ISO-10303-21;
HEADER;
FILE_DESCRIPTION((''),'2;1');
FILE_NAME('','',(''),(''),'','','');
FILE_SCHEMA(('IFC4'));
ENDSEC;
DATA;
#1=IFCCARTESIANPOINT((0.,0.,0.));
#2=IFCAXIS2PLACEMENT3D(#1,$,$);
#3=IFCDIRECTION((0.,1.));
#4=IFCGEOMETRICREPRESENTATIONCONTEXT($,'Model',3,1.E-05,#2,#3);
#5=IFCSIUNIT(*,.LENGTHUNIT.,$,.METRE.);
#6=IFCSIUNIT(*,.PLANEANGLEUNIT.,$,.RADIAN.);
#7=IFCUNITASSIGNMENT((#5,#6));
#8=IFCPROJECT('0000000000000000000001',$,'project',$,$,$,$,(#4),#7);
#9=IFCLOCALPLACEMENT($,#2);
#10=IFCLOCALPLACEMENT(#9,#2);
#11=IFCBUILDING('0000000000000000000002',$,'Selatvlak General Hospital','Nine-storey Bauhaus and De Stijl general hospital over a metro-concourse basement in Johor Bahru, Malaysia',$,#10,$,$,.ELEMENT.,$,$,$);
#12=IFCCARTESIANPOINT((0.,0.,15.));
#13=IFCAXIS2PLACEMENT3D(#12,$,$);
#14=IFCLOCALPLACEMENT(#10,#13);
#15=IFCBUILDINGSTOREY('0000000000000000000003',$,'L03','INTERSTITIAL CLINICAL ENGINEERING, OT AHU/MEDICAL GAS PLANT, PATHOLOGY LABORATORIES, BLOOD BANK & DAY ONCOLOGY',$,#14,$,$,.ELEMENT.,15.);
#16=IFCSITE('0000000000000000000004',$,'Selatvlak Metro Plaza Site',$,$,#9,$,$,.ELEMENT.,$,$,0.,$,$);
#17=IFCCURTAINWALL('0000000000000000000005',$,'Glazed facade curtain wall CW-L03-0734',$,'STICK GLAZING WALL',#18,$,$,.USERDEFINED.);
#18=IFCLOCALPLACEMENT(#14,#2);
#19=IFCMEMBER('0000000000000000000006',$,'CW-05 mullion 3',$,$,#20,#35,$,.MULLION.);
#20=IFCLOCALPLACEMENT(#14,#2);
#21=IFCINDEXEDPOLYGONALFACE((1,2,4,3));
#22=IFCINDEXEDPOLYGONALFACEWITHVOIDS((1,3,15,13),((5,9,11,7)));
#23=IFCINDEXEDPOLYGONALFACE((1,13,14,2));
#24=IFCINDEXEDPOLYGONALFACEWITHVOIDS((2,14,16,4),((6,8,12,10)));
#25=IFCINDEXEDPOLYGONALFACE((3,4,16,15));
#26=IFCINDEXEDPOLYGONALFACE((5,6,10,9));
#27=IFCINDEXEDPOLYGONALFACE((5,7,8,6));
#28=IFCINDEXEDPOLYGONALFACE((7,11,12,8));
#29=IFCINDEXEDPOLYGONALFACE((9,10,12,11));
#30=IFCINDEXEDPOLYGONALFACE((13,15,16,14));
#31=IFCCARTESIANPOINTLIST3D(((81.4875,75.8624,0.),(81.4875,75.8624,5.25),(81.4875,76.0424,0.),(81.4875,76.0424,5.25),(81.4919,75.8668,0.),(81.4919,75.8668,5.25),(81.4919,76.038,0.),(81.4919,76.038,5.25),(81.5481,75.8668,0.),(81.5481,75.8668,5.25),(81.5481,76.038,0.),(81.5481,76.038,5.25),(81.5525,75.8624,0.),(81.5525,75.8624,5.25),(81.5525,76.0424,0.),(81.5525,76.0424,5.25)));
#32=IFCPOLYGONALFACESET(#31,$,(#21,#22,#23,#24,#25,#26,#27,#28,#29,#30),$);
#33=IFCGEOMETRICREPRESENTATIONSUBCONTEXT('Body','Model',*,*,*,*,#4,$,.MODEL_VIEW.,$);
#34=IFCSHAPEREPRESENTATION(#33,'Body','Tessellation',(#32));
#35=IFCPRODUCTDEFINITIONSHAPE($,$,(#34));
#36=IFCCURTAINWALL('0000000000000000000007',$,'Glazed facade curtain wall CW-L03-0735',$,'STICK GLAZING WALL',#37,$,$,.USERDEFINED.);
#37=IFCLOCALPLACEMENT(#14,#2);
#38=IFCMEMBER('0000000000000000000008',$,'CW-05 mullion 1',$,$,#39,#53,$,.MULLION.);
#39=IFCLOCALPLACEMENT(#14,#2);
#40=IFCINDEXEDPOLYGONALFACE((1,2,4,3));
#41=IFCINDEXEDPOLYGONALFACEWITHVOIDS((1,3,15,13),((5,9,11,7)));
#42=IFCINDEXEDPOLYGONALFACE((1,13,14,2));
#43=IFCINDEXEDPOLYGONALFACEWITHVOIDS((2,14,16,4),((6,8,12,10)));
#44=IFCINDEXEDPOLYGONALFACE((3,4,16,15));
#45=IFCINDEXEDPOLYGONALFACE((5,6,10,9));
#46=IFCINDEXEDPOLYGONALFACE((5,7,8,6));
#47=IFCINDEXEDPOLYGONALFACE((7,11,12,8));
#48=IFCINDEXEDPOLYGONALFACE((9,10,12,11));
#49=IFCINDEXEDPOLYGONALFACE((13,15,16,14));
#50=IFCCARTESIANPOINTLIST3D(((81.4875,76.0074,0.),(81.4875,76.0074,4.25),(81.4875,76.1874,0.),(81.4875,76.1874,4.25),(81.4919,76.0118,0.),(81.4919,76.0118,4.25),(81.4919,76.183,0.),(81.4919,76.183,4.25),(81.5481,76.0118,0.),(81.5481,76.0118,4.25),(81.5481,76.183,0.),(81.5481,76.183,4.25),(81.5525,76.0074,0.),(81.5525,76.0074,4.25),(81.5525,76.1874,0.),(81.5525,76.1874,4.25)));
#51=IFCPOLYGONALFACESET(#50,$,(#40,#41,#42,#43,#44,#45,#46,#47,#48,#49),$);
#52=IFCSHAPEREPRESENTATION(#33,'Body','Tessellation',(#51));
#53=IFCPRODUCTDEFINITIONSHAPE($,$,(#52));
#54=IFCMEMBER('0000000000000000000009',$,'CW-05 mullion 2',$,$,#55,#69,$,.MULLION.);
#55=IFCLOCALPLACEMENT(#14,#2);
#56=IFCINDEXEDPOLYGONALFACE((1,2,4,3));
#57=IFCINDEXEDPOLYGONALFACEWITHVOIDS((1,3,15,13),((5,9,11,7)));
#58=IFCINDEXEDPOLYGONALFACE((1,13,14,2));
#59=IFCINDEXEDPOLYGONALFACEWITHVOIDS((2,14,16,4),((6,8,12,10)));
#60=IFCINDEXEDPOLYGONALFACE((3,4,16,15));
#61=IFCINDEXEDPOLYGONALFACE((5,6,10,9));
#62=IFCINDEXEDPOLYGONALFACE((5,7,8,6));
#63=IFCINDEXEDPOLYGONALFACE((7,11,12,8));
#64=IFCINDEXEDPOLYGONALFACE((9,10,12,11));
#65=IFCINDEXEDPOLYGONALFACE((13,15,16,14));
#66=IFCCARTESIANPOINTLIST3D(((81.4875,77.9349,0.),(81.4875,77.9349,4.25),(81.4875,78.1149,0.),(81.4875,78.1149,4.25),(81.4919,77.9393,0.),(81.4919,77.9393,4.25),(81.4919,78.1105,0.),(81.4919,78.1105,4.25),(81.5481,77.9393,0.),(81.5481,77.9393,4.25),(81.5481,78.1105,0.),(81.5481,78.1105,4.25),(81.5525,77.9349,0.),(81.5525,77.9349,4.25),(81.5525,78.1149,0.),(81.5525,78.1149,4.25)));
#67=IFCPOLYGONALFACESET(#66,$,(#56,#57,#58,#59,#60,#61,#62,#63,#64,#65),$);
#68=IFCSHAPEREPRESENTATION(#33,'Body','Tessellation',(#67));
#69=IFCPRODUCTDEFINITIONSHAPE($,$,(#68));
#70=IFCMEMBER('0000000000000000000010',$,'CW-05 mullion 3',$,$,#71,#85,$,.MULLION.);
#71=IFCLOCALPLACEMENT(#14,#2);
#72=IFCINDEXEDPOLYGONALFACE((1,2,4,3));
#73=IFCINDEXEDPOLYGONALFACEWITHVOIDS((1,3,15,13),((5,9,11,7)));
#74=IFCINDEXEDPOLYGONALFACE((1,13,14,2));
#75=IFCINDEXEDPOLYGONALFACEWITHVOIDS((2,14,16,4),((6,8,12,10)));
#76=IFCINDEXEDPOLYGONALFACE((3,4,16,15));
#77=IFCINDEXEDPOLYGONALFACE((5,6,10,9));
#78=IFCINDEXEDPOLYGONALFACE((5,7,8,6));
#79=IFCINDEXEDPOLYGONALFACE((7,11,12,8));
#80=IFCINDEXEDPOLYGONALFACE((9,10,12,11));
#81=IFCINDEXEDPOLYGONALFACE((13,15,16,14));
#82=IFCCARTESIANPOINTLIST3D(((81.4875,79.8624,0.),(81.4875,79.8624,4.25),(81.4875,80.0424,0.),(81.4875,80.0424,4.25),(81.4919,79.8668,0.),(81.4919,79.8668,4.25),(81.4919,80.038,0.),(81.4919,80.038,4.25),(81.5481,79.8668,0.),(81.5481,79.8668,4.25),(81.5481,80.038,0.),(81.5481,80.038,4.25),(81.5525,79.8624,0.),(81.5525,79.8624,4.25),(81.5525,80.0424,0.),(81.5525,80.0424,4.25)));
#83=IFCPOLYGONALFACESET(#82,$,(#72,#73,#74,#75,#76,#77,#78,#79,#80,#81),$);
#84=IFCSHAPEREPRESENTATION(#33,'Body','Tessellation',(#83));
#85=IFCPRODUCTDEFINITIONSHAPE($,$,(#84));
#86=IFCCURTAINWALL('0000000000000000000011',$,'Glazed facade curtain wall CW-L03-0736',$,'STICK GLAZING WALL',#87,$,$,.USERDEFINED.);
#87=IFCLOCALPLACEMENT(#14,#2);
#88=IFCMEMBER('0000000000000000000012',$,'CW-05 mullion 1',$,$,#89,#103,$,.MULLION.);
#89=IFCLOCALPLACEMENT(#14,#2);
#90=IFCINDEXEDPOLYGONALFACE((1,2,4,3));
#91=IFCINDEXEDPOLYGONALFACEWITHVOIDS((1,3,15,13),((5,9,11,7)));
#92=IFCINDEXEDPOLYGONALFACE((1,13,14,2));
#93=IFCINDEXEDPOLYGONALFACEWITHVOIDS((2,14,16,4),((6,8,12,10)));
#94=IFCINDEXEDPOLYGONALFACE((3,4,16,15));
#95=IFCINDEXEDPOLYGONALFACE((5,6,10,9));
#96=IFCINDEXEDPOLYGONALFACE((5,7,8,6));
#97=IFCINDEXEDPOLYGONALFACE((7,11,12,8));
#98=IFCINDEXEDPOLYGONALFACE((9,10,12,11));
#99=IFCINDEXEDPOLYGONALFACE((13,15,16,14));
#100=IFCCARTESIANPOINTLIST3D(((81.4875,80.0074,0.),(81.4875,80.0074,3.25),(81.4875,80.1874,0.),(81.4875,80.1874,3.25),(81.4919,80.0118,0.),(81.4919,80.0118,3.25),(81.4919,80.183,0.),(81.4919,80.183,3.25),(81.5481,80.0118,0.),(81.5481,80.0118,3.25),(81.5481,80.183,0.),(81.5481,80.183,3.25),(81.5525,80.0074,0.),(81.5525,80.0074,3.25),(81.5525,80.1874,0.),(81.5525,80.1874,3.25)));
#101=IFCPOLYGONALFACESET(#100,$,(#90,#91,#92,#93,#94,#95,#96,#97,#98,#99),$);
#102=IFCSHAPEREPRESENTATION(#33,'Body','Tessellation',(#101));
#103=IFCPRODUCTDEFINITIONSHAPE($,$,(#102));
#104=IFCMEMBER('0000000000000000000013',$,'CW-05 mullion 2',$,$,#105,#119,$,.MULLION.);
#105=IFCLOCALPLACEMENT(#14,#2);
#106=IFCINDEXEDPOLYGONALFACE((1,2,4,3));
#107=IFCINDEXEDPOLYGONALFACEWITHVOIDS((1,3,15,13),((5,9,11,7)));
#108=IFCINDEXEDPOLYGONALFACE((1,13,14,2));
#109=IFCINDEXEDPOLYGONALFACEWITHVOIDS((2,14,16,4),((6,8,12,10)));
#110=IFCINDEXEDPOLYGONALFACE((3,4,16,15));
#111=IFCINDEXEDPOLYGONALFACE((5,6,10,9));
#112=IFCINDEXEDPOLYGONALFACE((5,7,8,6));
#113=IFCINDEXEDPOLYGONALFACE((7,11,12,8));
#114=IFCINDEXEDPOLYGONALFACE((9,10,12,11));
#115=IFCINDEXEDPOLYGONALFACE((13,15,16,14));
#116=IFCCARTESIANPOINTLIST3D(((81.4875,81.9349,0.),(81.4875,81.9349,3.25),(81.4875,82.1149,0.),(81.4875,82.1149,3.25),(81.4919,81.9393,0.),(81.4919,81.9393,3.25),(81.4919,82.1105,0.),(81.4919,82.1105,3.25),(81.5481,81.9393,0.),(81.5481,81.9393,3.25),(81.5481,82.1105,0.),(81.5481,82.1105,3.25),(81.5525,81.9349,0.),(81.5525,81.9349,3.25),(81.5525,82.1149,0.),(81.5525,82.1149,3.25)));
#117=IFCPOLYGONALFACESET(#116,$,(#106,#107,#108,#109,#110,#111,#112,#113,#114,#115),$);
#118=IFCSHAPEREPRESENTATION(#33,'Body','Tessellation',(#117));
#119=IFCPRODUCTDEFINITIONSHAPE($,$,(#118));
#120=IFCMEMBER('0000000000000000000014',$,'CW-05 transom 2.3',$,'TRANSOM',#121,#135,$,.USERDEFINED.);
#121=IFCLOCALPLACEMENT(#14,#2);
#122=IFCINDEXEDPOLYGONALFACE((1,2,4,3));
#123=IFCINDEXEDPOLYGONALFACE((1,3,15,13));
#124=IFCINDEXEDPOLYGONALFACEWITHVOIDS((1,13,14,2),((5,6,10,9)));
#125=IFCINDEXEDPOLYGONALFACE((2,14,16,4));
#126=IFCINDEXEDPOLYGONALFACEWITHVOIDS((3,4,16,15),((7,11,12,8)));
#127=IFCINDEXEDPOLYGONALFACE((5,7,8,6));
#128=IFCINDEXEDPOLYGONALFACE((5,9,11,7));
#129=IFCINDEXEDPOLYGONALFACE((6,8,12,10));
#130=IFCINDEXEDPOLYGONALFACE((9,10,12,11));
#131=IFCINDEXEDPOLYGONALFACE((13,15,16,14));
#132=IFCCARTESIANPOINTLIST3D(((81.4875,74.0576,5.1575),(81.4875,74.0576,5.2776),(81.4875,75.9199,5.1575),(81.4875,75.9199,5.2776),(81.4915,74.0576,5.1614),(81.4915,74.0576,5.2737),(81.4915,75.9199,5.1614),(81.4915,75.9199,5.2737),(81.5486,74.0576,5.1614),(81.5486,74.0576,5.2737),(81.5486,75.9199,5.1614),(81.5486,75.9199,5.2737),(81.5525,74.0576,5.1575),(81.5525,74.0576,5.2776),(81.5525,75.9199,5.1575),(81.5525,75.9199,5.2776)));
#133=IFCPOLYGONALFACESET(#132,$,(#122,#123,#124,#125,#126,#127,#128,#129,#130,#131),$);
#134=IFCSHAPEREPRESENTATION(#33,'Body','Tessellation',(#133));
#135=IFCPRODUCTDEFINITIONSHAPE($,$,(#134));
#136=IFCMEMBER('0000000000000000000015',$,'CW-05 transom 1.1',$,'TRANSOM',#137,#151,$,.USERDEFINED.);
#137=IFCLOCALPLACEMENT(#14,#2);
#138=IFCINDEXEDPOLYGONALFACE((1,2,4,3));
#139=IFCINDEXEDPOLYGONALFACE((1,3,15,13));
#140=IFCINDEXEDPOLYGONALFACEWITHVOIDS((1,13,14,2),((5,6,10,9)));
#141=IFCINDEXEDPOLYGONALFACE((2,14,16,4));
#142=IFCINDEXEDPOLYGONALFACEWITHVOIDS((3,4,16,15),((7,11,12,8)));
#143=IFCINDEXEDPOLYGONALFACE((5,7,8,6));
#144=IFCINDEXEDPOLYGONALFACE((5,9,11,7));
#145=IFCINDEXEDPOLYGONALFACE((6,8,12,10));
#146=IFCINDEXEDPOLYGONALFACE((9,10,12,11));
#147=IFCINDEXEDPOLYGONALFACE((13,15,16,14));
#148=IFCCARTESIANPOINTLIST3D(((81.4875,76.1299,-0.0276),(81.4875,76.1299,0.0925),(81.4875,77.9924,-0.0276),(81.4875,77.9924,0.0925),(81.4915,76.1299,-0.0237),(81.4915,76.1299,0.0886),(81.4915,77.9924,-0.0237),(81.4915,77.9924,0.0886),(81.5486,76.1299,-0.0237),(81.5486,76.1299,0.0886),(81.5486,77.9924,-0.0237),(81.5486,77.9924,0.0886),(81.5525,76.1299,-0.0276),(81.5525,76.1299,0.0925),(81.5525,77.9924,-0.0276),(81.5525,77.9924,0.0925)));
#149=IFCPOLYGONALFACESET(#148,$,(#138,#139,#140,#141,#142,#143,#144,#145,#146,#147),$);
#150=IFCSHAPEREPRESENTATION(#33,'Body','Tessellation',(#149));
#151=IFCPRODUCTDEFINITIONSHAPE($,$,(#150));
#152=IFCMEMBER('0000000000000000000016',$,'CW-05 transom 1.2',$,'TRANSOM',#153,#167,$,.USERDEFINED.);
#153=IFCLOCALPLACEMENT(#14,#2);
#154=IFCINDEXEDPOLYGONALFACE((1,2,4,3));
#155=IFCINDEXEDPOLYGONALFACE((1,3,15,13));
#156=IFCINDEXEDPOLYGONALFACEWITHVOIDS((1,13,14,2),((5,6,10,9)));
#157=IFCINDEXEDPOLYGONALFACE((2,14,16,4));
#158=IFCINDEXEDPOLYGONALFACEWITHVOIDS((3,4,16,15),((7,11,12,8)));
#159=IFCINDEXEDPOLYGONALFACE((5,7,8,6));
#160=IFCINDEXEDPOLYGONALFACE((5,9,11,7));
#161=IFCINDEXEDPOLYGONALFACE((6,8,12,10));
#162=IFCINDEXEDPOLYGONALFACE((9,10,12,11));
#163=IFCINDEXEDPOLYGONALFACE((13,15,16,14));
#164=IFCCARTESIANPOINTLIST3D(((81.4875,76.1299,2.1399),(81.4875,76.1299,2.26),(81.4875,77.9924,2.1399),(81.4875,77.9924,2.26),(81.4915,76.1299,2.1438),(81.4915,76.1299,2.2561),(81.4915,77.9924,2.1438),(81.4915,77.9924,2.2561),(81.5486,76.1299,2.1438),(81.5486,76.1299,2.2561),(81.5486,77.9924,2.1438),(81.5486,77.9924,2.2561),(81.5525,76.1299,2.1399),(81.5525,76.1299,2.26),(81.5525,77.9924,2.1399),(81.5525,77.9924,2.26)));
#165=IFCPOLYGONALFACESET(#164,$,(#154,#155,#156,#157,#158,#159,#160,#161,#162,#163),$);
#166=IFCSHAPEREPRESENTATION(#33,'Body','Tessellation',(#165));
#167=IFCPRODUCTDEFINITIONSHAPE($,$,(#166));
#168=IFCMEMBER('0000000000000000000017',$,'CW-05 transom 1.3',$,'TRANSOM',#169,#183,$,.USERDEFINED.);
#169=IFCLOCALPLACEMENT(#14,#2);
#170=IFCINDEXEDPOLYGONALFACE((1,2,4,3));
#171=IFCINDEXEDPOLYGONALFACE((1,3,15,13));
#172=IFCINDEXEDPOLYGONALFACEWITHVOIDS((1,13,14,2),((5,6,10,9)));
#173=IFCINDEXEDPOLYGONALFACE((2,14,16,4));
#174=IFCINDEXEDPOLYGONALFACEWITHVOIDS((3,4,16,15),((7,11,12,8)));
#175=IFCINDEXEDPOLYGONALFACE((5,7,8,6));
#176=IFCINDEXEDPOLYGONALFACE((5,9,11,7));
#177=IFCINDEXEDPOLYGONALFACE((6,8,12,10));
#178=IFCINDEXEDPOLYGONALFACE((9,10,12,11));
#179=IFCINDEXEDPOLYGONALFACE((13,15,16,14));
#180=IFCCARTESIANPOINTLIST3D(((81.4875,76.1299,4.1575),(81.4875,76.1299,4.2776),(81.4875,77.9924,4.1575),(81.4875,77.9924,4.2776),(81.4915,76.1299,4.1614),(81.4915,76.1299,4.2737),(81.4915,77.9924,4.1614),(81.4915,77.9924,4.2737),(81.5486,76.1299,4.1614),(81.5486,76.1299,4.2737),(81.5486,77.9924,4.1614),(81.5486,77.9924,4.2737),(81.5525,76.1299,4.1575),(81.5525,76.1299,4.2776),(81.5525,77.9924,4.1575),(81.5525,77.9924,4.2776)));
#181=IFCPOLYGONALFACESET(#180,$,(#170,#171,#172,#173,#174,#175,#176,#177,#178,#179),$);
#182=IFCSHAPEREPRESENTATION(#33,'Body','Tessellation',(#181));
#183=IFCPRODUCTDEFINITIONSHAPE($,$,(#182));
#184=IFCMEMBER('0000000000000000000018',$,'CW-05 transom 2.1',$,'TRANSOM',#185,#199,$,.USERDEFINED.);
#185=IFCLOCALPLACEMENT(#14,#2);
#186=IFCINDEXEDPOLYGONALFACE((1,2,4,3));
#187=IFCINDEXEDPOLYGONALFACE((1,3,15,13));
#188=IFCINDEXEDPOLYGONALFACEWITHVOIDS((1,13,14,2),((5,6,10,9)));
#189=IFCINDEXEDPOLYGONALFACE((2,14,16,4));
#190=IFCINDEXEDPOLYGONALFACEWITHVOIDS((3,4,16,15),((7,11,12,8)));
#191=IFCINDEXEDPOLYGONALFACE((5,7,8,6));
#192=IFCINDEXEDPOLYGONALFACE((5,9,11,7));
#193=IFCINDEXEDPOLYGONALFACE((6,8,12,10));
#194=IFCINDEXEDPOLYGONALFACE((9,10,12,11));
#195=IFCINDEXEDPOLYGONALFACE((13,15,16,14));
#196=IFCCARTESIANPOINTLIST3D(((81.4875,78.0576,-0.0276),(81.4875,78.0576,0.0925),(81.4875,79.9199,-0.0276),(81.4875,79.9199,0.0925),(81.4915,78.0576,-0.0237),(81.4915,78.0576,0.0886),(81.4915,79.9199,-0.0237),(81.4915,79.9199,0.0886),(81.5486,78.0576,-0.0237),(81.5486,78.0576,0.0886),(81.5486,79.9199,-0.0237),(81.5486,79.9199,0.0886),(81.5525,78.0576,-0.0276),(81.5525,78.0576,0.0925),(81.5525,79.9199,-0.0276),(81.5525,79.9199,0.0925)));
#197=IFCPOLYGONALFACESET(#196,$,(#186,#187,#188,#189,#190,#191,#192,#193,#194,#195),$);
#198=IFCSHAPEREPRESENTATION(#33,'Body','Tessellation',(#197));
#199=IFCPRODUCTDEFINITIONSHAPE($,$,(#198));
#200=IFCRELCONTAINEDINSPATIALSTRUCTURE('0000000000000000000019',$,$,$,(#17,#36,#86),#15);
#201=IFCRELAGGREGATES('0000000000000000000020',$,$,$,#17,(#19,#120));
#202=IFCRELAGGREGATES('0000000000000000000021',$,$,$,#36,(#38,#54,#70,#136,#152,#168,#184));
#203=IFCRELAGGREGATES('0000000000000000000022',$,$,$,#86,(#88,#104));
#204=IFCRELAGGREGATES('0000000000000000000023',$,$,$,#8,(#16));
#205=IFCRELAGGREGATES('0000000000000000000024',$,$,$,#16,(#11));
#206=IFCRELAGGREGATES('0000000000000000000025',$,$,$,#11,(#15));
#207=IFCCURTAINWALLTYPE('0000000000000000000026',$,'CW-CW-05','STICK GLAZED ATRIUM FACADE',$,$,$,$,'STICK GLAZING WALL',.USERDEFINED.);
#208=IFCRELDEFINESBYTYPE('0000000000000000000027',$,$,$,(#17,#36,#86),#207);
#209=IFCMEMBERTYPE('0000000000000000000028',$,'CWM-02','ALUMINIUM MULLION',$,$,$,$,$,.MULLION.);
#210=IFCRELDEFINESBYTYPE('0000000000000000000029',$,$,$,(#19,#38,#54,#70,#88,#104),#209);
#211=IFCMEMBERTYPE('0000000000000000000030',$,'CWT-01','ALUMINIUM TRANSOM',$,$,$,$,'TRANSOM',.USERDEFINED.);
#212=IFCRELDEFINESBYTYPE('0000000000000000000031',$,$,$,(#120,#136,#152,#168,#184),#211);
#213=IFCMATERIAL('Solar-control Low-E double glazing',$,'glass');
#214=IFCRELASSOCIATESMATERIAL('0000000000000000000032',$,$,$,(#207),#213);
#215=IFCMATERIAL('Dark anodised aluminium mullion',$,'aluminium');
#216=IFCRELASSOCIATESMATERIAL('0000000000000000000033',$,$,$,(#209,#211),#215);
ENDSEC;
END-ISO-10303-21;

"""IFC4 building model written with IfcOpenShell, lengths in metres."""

from ifc_helpers import new_model, si_unit, direction, frame, origin, origin_2d, place, context, subcontext, project, spatial, hollow_rectangle, extrude, material, material_profile, profile_set, type_object, element, aggregate, save


model = new_model("IFC4")

# Units and contexts
model_context = context("Model", 3, precision=1e-05, world=origin(), true_north=direction((0.0, 1.0)))
body_context = subcontext(model_context, "Body", "Model", "MODEL_VIEW")
ifc_project = project(units=[si_unit("LENGTHUNIT", "METRE"), si_unit("PLANEANGLEUNIT", "RADIAN")], contexts=[model_context])

# Site, building, storey
site_placement = place(None, origin())
site = spatial("IfcSite", under=ifc_project, at=site_placement, Name="Selatvlak Metro Plaza Site", CompositionType="ELEMENT", RefElevation=0.0)
building_placement = place(site_placement, origin())
building = spatial("IfcBuilding", under=site, at=building_placement, Name="Selatvlak General Hospital", Description="Nine-storey Bauhaus and De Stijl general hospital over a metro-concourse basement in Johor Bahru, Malaysia", CompositionType="ELEMENT")
storey_placement = place(building_placement, frame((0.0, 0.0, 15.0)))
storey = spatial("IfcBuildingStorey", under=building, at=storey_placement, Name="L03", Description="INTERSTITIAL CLINICAL ENGINEERING, OT AHU/MEDICAL GAS PLANT, PATHOLOGY LABORATORIES, BLOOD BANK & DAY ONCOLOGY", CompositionType="ELEMENT", Elevation=15.0)

# Curtain wall, member
ifc_material_1 = material(Name="Solar-control Low-E double glazing", Category="glass")
curtain_wall_type = type_object("IfcCurtainWallType", Name="CW-CW-05", Description="STICK GLAZED ATRIUM FACADE", ElementType="STICK GLAZING WALL", PredefinedType="USERDEFINED", material=ifc_material_1)
curtain_wall_1_placement = place(storey_placement, origin())
curtain_wall_1 = element("IfcCurtainWall", 1, at=curtain_wall_1_placement, inside=storey, type_object=curtain_wall_type, Name="Glazed facade curtain wall CW-L03-0734", ObjectType="STICK GLAZING WALL", PredefinedType="USERDEFINED")
ifc_material_2 = material(Name="Dark anodised aluminium mullion", Category="aluminium")
ifc_material_profile_1 = material_profile(ifc_material_2, hollow_rectangle(XDim=0.0649, YDim=0.1799, WallThickness=0.0044, at=origin_2d()), Name="AL-MUL 65x180x4.5")
ifc_profile_set_1 = profile_set([ifc_material_profile_1], Name="Dark anodised aluminium mullion")
member_type_1 = type_object("IfcMemberType", Name="CWM-02", Description="ALUMINIUM MULLION", PredefinedType="MULLION", material=ifc_profile_set_1)
member_1_placement = place(storey_placement, frame((81.52, 75.9524, 0.0), z_axis=(0.0, 0.0, 1.0), x_axis=(-1.0, 0.0, 0.0)))
member_1 = element("IfcMember", 2, at=member_1_placement, type_object=member_type_1, Name="CW-05 mullion 3", PredefinedType="MULLION", context=body_context, shape_type="SweptSolid", body=[
    extrude(hollow_rectangle(XDim=0.0649, YDim=0.1799, WallThickness=0.0044, at=origin_2d()), origin(), (0.0, 0.0, 1.0), 5.25),
])

# Curtain walls, members
curtain_wall_2_placement = place(storey_placement, origin())
curtain_wall_2 = element("IfcCurtainWall", 3, at=curtain_wall_2_placement, inside=storey, type_object=curtain_wall_type, Name="Glazed facade curtain wall CW-L03-0735", ObjectType="STICK GLAZING WALL", PredefinedType="USERDEFINED")
member_2_placement = place(storey_placement, frame((81.52, 76.0974, 0.0), z_axis=(0.0, 0.0, 1.0), x_axis=(-1.0, 0.0, 0.0)))
member_2 = element("IfcMember", 4, at=member_2_placement, type_object=member_type_1, Name="CW-05 mullion 1", PredefinedType="MULLION", context=body_context, shape_type="SweptSolid", body=[
    extrude(hollow_rectangle(XDim=0.0649, YDim=0.1799, WallThickness=0.0044, at=origin_2d()), origin(), (0.0, 0.0, 1.0), 4.25),
])
member_3_placement = place(storey_placement, frame((81.52, 78.0249, 0.0), z_axis=(0.0, 0.0, 1.0), x_axis=(-1.0, 0.0, 0.0)))
member_3 = element("IfcMember", 5, at=member_3_placement, type_object=member_type_1, Name="CW-05 mullion 2", PredefinedType="MULLION", context=body_context, shape_type="SweptSolid", body=[
    extrude(hollow_rectangle(XDim=0.0649, YDim=0.1799, WallThickness=0.0044, at=origin_2d()), origin(), (0.0, 0.0, 1.0), 4.25),
])
member_4_placement = place(storey_placement, frame((81.52, 79.9524, 0.0), z_axis=(0.0, 0.0, 1.0), x_axis=(-1.0, 0.0, 0.0)))
member_4 = element("IfcMember", 6, at=member_4_placement, type_object=member_type_1, Name="CW-05 mullion 3", PredefinedType="MULLION", context=body_context, shape_type="SweptSolid", body=[
    extrude(hollow_rectangle(XDim=0.0649, YDim=0.1799, WallThickness=0.0044, at=origin_2d()), origin(), (0.0, 0.0, 1.0), 4.25),
])
curtain_wall_3_placement = place(storey_placement, origin())
curtain_wall_3 = element("IfcCurtainWall", 7, at=curtain_wall_3_placement, inside=storey, type_object=curtain_wall_type, Name="Glazed facade curtain wall CW-L03-0736", ObjectType="STICK GLAZING WALL", PredefinedType="USERDEFINED")
member_5_placement = place(storey_placement, frame((81.52, 80.0974, 0.0), z_axis=(0.0, 0.0, 1.0), x_axis=(-1.0, 0.0, 0.0)))
member_5 = element("IfcMember", 8, at=member_5_placement, type_object=member_type_1, Name="CW-05 mullion 1", PredefinedType="MULLION", context=body_context, shape_type="SweptSolid", body=[
    extrude(hollow_rectangle(XDim=0.0649, YDim=0.1799, WallThickness=0.0044, at=origin_2d()), origin(), (0.0, 0.0, 1.0), 3.25),
])
member_6_placement = place(storey_placement, frame((81.52, 82.0249, 0.0), z_axis=(0.0, 0.0, 1.0), x_axis=(-1.0, 0.0, 0.0)))
member_6 = element("IfcMember", 9, at=member_6_placement, type_object=member_type_1, Name="CW-05 mullion 2", PredefinedType="MULLION", context=body_context, shape_type="SweptSolid", body=[
    extrude(hollow_rectangle(XDim=0.0649, YDim=0.1799, WallThickness=0.0044, at=origin_2d()), origin(), (0.0, 0.0, 1.0), 3.25),
])

# Members
ifc_material_profile_2 = material_profile(ifc_material_2, hollow_rectangle(XDim=0.0649, YDim=0.1201, WallThickness=0.0039, at=origin_2d()), Name="AL-TRN 65x120x4")
ifc_profile_set_2 = profile_set([ifc_material_profile_2], Name="Dark anodised aluminium mullion")
member_type_2 = type_object("IfcMemberType", Name="CWT-01", Description="ALUMINIUM TRANSOM", ElementType="TRANSOM", PredefinedType="USERDEFINED", material=ifc_profile_set_2)
member_7_placement = place(storey_placement, frame((81.52, 74.0576, 5.2175), z_axis=(0.0, 1.0, 0.0), x_axis=(-1.0, 0.0, 0.0)))
member_7 = element("IfcMember", 10, at=member_7_placement, type_object=member_type_2, Name="CW-05 transom 2.3", ObjectType="TRANSOM", PredefinedType="USERDEFINED", context=body_context, shape_type="SweptSolid", body=[
    extrude(hollow_rectangle(XDim=0.0649, YDim=0.1201, WallThickness=0.0039, at=origin_2d()), origin(), (0.0, 0.0, 1.0), 1.8623),
])
member_8_placement = place(storey_placement, frame((81.52, 76.1299, 0.0325), z_axis=(0.0, 1.0, 0.0), x_axis=(-1.0, 0.0, 0.0)))
member_8 = element("IfcMember", 11, at=member_8_placement, type_object=member_type_2, Name="CW-05 transom 1.1", ObjectType="TRANSOM", PredefinedType="USERDEFINED", context=body_context, shape_type="SweptSolid", body=[
    extrude(hollow_rectangle(XDim=0.0649, YDim=0.1201, WallThickness=0.0039, at=origin_2d()), origin(), (0.0, 0.0, 1.0), 1.8625),
])
member_9_placement = place(storey_placement, frame((81.52, 76.1299, 2.2), z_axis=(0.0, 1.0, 0.0), x_axis=(-1.0, 0.0, 0.0)))
member_9 = element("IfcMember", 12, at=member_9_placement, type_object=member_type_2, Name="CW-05 transom 1.2", ObjectType="TRANSOM", PredefinedType="USERDEFINED", context=body_context, shape_type="SweptSolid", body=[
    extrude(hollow_rectangle(XDim=0.0649, YDim=0.1201, WallThickness=0.0039, at=origin_2d()), origin(), (0.0, 0.0, 1.0), 1.8625),
])
member_10_placement = place(storey_placement, frame((81.52, 76.1299, 4.2175), z_axis=(0.0, 1.0, 0.0), x_axis=(-1.0, 0.0, 0.0)))
member_10 = element("IfcMember", 13, at=member_10_placement, type_object=member_type_2, Name="CW-05 transom 1.3", ObjectType="TRANSOM", PredefinedType="USERDEFINED", context=body_context, shape_type="SweptSolid", body=[
    extrude(hollow_rectangle(XDim=0.0649, YDim=0.1201, WallThickness=0.0039, at=origin_2d()), origin(), (0.0, 0.0, 1.0), 1.8625),
])
member_11_placement = place(storey_placement, frame((81.52, 78.0576, 0.0325), z_axis=(0.0, 1.0, 0.0), x_axis=(-1.0, 0.0, 0.0)))
member_11 = element("IfcMember", 14, at=member_11_placement, type_object=member_type_2, Name="CW-05 transom 2.1", ObjectType="TRANSOM", PredefinedType="USERDEFINED", context=body_context, shape_type="SweptSolid", body=[
    extrude(hollow_rectangle(XDim=0.0649, YDim=0.1201, WallThickness=0.0039, at=origin_2d()), origin(), (0.0, 0.0, 1.0), 1.8623),
])

aggregate(curtain_wall_1, [member_1, member_7])
aggregate(curtain_wall_2, [member_2, member_3, member_4, member_8, member_9, member_10, member_11])
aggregate(curtain_wall_3, [member_5, member_6])

save(model, "model.ifc")
